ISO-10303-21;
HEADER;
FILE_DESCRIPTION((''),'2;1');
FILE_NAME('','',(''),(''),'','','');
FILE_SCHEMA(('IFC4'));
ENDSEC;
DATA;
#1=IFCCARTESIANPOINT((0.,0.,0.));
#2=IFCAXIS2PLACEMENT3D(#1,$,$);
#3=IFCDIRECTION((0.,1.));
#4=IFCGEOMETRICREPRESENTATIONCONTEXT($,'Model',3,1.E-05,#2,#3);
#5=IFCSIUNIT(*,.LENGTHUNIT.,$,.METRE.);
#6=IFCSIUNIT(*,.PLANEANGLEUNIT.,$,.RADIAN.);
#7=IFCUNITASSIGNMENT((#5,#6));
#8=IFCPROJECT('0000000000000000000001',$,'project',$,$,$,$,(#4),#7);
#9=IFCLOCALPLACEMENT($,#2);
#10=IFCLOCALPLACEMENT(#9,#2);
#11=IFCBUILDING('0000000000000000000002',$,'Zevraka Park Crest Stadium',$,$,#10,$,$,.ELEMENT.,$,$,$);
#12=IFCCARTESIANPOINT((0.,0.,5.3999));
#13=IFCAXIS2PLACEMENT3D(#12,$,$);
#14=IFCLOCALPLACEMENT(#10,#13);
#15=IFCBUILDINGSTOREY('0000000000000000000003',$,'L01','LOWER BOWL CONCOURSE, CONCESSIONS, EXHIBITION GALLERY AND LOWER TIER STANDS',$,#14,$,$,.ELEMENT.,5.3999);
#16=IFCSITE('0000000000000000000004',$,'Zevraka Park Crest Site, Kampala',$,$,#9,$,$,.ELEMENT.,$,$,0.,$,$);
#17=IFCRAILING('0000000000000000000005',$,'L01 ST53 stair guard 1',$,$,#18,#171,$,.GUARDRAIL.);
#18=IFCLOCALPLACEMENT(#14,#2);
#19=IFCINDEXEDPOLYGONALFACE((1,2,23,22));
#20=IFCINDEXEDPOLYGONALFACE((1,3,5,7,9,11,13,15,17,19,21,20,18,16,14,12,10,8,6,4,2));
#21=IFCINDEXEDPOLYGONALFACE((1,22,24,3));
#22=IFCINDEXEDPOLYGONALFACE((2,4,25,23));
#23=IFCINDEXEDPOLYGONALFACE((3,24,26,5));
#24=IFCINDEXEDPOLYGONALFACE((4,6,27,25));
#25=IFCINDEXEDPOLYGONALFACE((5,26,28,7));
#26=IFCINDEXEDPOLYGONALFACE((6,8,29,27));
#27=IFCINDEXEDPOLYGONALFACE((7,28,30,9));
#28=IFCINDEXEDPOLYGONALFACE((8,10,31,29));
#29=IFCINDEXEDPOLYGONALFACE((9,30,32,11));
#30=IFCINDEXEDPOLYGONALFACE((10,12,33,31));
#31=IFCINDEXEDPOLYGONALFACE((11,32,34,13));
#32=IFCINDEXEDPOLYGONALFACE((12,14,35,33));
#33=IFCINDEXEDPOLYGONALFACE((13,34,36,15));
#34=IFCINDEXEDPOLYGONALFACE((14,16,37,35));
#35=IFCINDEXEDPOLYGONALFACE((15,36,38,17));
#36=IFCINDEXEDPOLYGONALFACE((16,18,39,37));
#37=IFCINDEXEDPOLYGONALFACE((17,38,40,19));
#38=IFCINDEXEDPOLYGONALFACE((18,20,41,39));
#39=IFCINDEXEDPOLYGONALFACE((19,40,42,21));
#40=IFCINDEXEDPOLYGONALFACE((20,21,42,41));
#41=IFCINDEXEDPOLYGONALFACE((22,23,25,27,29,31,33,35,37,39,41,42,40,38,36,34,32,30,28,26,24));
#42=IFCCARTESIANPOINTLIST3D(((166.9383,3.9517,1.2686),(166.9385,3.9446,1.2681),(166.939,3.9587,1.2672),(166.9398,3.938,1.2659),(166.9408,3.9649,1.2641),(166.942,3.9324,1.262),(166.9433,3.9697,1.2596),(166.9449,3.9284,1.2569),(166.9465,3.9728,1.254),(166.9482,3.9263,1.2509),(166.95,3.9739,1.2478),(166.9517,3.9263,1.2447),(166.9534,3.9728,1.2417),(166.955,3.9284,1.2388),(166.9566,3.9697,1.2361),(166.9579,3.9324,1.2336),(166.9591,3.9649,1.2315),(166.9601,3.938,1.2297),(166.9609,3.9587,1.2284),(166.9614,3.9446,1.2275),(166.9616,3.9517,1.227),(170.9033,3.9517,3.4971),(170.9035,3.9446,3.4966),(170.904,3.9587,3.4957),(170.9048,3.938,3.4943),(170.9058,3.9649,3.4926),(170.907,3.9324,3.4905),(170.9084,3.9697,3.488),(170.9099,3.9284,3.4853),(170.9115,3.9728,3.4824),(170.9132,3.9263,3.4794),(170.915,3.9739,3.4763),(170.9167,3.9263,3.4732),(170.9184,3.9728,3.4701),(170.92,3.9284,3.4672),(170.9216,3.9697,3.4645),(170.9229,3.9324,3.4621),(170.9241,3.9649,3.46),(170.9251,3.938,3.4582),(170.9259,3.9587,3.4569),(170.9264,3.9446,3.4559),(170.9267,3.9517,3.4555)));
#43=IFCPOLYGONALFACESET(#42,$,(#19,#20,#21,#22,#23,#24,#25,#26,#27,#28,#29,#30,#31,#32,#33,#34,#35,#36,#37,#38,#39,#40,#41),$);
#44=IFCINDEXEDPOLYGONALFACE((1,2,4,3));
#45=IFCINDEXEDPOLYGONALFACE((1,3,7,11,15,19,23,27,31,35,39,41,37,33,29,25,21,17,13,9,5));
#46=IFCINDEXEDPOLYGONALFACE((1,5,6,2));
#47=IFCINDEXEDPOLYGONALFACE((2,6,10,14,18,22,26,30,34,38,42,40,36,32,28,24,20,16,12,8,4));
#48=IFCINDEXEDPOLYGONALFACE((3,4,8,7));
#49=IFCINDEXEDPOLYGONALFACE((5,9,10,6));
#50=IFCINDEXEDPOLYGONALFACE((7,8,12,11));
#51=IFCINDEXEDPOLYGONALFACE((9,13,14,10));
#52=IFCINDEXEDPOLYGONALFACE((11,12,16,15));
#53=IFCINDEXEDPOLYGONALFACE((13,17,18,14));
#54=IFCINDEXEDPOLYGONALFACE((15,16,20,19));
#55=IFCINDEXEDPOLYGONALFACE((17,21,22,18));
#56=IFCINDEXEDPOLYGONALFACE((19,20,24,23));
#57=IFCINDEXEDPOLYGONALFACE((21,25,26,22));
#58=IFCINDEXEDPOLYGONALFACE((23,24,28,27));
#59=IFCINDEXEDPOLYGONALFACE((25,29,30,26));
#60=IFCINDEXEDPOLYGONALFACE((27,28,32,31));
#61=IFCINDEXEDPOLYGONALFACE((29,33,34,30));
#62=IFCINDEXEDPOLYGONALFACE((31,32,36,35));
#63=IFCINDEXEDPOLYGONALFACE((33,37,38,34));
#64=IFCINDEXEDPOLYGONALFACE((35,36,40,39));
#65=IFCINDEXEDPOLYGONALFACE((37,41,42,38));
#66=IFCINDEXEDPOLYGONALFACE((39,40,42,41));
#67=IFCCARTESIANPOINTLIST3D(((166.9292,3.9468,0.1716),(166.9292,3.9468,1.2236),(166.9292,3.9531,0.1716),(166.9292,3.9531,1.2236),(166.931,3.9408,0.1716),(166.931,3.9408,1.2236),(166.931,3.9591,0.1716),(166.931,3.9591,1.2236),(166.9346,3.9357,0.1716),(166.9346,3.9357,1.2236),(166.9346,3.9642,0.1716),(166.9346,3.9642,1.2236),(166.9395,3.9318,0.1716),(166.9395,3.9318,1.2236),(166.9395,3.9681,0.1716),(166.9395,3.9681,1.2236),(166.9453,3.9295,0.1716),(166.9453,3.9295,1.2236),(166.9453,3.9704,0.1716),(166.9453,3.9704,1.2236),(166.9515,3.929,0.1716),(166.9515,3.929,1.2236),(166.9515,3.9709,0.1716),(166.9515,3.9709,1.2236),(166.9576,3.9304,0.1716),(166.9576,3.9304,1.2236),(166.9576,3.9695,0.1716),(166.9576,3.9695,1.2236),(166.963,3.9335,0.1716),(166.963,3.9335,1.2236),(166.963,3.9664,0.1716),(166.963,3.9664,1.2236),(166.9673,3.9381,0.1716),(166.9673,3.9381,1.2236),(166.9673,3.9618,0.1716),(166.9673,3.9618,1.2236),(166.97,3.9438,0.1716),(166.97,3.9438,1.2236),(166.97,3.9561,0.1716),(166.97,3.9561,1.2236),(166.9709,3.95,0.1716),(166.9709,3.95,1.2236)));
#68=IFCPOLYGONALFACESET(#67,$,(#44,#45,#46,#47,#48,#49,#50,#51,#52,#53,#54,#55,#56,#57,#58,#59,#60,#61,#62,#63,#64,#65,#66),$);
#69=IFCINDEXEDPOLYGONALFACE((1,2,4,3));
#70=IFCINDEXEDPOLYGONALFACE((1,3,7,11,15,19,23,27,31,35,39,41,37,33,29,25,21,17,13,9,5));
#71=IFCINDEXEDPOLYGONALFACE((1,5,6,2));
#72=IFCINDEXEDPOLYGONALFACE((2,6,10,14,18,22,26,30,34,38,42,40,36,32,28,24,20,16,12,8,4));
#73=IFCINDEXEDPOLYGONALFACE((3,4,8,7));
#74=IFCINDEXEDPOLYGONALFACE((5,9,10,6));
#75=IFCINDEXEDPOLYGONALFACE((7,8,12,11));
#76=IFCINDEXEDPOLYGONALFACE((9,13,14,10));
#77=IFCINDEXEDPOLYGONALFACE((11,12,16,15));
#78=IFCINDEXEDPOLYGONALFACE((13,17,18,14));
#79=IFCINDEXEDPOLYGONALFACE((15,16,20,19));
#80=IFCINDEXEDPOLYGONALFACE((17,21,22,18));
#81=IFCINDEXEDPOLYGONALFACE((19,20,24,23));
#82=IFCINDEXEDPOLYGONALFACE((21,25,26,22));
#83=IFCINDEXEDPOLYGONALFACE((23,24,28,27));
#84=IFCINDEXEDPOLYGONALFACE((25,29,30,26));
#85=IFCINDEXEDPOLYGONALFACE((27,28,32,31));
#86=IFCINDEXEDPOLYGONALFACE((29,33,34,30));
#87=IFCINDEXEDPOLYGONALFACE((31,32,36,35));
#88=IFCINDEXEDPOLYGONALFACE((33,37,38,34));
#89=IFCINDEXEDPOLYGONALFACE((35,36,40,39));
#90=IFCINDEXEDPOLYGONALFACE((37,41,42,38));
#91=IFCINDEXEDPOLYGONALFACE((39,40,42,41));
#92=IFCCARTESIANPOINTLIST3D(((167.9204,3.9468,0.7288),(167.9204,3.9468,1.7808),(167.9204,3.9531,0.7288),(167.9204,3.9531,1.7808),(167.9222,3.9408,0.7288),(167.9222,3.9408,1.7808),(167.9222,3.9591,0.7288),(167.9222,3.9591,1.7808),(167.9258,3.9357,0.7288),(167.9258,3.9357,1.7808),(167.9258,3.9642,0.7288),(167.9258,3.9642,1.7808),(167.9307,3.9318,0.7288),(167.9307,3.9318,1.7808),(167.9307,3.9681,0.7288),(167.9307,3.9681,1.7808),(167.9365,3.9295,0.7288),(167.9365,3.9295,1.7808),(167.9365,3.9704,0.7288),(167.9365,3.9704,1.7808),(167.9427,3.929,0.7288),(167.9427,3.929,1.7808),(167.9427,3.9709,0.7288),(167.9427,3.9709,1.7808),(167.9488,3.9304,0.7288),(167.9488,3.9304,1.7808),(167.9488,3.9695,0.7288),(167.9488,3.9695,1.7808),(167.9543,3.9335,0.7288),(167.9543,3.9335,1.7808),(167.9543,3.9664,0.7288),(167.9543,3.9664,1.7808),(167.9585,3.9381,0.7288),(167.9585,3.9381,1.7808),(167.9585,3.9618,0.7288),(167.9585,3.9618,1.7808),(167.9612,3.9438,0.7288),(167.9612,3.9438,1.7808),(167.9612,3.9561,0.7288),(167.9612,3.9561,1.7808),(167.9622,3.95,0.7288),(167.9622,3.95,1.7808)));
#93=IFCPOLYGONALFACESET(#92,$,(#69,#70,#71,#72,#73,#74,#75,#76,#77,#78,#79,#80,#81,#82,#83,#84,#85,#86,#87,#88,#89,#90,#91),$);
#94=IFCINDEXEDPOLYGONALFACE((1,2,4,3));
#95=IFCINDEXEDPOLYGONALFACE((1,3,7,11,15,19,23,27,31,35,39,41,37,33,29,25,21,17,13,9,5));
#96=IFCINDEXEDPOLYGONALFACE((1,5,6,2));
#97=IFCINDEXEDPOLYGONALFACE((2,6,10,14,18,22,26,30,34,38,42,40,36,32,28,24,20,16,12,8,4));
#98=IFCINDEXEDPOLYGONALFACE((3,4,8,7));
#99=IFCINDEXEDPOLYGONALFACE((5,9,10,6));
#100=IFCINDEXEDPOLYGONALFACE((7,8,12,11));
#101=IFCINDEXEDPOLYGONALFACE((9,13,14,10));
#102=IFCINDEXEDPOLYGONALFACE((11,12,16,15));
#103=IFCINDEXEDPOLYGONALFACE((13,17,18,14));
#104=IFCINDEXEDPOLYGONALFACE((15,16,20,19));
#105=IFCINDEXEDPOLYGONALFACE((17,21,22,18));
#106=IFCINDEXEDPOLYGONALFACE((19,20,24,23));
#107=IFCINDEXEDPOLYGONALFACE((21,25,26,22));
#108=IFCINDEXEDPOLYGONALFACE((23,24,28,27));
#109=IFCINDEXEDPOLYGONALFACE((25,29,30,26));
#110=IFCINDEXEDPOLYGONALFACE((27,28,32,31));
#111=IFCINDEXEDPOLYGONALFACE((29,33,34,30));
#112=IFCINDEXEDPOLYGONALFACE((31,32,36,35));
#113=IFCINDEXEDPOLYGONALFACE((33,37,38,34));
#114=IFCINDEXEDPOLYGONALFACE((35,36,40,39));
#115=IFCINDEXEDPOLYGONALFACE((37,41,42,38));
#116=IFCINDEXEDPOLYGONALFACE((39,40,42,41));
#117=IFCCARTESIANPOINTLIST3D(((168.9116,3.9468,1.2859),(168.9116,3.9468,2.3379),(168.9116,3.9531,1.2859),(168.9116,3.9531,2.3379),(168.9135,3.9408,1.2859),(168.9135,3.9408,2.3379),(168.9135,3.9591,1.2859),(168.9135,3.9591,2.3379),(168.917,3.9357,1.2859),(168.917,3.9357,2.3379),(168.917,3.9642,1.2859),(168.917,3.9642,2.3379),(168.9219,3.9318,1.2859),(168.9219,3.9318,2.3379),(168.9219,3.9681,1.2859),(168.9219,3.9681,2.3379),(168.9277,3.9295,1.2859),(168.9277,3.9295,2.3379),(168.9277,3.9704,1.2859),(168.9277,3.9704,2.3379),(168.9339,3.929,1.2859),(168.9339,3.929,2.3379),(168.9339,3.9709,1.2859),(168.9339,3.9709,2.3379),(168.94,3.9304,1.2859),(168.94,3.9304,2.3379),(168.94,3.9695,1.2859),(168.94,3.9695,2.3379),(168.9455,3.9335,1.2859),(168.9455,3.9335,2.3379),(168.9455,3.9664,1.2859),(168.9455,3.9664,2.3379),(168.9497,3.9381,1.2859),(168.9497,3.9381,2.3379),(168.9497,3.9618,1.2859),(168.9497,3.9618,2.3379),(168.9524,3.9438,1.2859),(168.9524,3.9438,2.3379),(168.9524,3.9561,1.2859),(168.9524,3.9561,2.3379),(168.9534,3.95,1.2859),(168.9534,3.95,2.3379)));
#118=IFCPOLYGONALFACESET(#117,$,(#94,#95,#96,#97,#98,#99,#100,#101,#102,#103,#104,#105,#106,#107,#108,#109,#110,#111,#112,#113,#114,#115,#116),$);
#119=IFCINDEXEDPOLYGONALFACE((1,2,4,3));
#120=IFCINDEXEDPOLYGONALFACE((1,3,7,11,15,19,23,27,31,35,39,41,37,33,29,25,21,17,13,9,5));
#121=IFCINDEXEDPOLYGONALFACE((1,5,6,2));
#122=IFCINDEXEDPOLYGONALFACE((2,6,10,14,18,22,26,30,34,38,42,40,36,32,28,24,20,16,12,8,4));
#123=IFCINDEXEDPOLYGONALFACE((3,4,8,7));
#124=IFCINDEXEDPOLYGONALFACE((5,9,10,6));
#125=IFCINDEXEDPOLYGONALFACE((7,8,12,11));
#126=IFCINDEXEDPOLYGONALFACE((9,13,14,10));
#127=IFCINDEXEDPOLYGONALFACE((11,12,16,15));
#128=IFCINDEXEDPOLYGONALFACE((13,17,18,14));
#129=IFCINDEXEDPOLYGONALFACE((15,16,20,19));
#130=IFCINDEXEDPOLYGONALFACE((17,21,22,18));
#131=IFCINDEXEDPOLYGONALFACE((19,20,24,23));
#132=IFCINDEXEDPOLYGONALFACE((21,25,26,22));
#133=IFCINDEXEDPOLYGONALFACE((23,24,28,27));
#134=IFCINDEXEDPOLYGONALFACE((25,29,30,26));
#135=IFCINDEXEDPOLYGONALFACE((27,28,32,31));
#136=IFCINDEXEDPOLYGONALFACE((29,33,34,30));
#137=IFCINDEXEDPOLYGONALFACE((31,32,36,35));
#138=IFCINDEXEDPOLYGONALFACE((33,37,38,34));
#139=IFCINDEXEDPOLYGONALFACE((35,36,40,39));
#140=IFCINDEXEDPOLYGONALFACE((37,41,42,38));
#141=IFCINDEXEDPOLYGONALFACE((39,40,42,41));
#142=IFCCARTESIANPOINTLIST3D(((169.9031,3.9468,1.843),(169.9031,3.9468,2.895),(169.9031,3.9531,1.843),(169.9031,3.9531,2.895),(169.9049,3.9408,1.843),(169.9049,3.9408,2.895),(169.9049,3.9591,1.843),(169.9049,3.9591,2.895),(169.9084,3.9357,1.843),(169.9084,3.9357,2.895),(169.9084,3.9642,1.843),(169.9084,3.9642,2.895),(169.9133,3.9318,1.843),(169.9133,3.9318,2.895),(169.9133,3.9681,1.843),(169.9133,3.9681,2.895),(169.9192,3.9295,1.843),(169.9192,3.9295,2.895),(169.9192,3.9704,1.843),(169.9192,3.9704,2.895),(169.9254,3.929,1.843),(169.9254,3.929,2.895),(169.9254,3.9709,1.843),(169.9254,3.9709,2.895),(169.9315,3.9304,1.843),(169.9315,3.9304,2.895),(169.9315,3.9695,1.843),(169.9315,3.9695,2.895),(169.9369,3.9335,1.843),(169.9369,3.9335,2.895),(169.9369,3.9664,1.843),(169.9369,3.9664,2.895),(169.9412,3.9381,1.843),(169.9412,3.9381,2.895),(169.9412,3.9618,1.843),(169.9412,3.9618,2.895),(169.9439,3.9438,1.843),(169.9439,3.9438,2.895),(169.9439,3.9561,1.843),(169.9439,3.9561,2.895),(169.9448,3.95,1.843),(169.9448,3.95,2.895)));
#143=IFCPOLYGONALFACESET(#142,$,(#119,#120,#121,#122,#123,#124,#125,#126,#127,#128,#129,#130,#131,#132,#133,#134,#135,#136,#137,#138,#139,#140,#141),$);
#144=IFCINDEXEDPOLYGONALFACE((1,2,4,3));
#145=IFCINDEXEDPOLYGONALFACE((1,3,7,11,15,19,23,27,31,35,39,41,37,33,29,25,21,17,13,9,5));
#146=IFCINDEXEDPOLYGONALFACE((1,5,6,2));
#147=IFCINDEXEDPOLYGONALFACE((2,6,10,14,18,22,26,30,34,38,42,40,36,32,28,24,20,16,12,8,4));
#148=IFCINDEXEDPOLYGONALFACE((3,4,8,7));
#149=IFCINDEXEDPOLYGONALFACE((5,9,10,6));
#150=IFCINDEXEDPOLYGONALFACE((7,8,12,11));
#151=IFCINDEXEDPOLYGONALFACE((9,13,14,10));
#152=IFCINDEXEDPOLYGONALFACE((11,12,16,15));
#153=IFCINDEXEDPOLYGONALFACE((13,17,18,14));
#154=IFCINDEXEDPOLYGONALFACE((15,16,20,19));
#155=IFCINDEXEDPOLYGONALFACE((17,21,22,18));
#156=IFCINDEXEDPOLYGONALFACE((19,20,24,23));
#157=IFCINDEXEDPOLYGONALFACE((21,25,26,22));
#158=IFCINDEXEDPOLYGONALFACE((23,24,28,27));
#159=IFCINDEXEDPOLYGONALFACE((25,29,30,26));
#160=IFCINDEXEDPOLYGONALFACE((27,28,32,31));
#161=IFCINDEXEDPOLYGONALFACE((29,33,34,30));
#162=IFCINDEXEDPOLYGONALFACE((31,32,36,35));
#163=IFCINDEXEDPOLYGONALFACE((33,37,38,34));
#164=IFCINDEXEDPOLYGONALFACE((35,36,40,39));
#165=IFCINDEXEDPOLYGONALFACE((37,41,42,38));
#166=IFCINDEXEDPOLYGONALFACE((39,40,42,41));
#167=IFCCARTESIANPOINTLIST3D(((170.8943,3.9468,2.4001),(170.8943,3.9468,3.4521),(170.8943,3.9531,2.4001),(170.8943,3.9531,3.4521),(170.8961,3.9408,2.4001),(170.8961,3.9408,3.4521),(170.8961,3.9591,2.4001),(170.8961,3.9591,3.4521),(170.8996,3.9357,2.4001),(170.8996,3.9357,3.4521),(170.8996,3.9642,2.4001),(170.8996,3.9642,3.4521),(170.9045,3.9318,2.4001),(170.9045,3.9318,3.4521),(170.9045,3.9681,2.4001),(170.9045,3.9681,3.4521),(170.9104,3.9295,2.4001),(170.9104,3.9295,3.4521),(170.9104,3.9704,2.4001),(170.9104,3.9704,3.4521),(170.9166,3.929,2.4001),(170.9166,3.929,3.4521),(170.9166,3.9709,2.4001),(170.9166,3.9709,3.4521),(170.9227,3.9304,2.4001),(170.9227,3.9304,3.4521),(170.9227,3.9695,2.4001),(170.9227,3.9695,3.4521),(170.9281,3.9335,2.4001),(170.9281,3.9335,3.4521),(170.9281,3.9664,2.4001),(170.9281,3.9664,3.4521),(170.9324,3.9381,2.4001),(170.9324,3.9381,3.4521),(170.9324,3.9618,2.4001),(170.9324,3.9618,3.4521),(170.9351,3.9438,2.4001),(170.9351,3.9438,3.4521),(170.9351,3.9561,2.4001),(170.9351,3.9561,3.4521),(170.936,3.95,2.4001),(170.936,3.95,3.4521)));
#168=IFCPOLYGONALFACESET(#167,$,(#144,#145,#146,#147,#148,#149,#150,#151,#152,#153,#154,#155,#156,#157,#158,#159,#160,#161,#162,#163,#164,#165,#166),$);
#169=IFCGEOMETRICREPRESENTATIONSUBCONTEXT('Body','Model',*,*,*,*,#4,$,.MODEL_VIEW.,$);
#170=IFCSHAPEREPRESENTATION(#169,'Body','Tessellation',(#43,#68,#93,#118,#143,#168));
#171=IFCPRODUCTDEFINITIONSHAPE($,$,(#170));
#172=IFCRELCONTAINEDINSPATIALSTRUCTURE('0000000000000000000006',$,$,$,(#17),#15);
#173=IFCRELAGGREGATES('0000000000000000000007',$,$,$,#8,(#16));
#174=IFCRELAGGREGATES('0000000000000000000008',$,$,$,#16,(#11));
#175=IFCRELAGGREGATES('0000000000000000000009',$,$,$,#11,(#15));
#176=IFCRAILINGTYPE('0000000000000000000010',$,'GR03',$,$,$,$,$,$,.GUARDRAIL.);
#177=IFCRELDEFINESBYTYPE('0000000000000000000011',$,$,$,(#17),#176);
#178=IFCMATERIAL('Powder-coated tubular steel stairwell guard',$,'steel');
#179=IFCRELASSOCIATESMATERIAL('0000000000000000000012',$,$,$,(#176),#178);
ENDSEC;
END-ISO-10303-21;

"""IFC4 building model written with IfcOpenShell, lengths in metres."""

from ifc_helpers import new_model, si_unit, direction, frame, origin, origin_2d, place, context, subcontext, project, spatial, circle, extrude, material, type_object, element, save


model = new_model("IFC4")

# Units and contexts
model_context = context("Model", 3, precision=1e-05, world=origin(), true_north=direction((0.0, 1.0)))
body_context = subcontext(model_context, "Body", "Model", "MODEL_VIEW")
ifc_project = project(units=[si_unit("LENGTHUNIT", "METRE"), si_unit("PLANEANGLEUNIT", "RADIAN")], contexts=[model_context])

# Site, building, storey
site_placement = place(None, origin())
site = spatial("IfcSite", under=ifc_project, at=site_placement, Name="Zevraka Park Crest Site, Kampala", CompositionType="ELEMENT", RefElevation=0.0)
building_placement = place(site_placement, origin())
building = spatial("IfcBuilding", under=site, at=building_placement, Name="Zevraka Park Crest Stadium", CompositionType="ELEMENT")
storey_placement = place(building_placement, frame((0.0, 0.0, 5.3999)))
storey = spatial("IfcBuildingStorey", under=building, at=storey_placement, Name="L01", Description="LOWER BOWL CONCOURSE, CONCESSIONS, EXHIBITION GALLERY AND LOWER TIER STANDS", CompositionType="ELEMENT", Elevation=5.3999)

# Railing
ifc_material_1 = material(Name="Powder-coated tubular steel stairwell guard", Category="steel")
railing_type_1 = type_object("IfcRailingType", Name="GR03", PredefinedType="GUARDRAIL", material=ifc_material_1)
railing_1_placement = place(storey_placement, frame((166.95, 3.95, 0.1716)))
element("IfcRailing", 1, at=railing_1_placement, inside=storey, type_object=railing_type_1, Name="L01 ST53 stair guard 1", PredefinedType="GUARDRAIL", context=body_context, shape_type="SweptSolid", body=[
    extrude(circle(Radius=0.0239, at=origin_2d()), frame((0.0, 0.0, 1.0762), z_axis=(0.871749, 0.0, 0.489953), x_axis=(0.0, 1.0, 0.0)), (0.0, 0.0, 1.0), 4.5483),
    extrude(circle(Radius=0.021, at=origin_2d()), origin(), (0.0, 0.0, 1.0), 1.052),
    extrude(circle(Radius=0.021, at=origin_2d()), frame((0.9912, 0.0, 0.5571)), (0.0, 0.0, 1.0), 1.052),
    extrude(circle(Radius=0.021, at=origin_2d()), frame((1.9824, 0.0, 1.1143)), (0.0, 0.0, 1.0), 1.052),
    extrude(circle(Radius=0.021, at=origin_2d()), frame((2.9739, 0.0, 1.6714)), (0.0, 0.0, 1.0), 1.052),
    extrude(circle(Radius=0.021, at=origin_2d()), frame((3.9651, 0.0, 2.2285)), (0.0, 0.0, 1.0), 1.052),
])

save(model, "model.ifc")
